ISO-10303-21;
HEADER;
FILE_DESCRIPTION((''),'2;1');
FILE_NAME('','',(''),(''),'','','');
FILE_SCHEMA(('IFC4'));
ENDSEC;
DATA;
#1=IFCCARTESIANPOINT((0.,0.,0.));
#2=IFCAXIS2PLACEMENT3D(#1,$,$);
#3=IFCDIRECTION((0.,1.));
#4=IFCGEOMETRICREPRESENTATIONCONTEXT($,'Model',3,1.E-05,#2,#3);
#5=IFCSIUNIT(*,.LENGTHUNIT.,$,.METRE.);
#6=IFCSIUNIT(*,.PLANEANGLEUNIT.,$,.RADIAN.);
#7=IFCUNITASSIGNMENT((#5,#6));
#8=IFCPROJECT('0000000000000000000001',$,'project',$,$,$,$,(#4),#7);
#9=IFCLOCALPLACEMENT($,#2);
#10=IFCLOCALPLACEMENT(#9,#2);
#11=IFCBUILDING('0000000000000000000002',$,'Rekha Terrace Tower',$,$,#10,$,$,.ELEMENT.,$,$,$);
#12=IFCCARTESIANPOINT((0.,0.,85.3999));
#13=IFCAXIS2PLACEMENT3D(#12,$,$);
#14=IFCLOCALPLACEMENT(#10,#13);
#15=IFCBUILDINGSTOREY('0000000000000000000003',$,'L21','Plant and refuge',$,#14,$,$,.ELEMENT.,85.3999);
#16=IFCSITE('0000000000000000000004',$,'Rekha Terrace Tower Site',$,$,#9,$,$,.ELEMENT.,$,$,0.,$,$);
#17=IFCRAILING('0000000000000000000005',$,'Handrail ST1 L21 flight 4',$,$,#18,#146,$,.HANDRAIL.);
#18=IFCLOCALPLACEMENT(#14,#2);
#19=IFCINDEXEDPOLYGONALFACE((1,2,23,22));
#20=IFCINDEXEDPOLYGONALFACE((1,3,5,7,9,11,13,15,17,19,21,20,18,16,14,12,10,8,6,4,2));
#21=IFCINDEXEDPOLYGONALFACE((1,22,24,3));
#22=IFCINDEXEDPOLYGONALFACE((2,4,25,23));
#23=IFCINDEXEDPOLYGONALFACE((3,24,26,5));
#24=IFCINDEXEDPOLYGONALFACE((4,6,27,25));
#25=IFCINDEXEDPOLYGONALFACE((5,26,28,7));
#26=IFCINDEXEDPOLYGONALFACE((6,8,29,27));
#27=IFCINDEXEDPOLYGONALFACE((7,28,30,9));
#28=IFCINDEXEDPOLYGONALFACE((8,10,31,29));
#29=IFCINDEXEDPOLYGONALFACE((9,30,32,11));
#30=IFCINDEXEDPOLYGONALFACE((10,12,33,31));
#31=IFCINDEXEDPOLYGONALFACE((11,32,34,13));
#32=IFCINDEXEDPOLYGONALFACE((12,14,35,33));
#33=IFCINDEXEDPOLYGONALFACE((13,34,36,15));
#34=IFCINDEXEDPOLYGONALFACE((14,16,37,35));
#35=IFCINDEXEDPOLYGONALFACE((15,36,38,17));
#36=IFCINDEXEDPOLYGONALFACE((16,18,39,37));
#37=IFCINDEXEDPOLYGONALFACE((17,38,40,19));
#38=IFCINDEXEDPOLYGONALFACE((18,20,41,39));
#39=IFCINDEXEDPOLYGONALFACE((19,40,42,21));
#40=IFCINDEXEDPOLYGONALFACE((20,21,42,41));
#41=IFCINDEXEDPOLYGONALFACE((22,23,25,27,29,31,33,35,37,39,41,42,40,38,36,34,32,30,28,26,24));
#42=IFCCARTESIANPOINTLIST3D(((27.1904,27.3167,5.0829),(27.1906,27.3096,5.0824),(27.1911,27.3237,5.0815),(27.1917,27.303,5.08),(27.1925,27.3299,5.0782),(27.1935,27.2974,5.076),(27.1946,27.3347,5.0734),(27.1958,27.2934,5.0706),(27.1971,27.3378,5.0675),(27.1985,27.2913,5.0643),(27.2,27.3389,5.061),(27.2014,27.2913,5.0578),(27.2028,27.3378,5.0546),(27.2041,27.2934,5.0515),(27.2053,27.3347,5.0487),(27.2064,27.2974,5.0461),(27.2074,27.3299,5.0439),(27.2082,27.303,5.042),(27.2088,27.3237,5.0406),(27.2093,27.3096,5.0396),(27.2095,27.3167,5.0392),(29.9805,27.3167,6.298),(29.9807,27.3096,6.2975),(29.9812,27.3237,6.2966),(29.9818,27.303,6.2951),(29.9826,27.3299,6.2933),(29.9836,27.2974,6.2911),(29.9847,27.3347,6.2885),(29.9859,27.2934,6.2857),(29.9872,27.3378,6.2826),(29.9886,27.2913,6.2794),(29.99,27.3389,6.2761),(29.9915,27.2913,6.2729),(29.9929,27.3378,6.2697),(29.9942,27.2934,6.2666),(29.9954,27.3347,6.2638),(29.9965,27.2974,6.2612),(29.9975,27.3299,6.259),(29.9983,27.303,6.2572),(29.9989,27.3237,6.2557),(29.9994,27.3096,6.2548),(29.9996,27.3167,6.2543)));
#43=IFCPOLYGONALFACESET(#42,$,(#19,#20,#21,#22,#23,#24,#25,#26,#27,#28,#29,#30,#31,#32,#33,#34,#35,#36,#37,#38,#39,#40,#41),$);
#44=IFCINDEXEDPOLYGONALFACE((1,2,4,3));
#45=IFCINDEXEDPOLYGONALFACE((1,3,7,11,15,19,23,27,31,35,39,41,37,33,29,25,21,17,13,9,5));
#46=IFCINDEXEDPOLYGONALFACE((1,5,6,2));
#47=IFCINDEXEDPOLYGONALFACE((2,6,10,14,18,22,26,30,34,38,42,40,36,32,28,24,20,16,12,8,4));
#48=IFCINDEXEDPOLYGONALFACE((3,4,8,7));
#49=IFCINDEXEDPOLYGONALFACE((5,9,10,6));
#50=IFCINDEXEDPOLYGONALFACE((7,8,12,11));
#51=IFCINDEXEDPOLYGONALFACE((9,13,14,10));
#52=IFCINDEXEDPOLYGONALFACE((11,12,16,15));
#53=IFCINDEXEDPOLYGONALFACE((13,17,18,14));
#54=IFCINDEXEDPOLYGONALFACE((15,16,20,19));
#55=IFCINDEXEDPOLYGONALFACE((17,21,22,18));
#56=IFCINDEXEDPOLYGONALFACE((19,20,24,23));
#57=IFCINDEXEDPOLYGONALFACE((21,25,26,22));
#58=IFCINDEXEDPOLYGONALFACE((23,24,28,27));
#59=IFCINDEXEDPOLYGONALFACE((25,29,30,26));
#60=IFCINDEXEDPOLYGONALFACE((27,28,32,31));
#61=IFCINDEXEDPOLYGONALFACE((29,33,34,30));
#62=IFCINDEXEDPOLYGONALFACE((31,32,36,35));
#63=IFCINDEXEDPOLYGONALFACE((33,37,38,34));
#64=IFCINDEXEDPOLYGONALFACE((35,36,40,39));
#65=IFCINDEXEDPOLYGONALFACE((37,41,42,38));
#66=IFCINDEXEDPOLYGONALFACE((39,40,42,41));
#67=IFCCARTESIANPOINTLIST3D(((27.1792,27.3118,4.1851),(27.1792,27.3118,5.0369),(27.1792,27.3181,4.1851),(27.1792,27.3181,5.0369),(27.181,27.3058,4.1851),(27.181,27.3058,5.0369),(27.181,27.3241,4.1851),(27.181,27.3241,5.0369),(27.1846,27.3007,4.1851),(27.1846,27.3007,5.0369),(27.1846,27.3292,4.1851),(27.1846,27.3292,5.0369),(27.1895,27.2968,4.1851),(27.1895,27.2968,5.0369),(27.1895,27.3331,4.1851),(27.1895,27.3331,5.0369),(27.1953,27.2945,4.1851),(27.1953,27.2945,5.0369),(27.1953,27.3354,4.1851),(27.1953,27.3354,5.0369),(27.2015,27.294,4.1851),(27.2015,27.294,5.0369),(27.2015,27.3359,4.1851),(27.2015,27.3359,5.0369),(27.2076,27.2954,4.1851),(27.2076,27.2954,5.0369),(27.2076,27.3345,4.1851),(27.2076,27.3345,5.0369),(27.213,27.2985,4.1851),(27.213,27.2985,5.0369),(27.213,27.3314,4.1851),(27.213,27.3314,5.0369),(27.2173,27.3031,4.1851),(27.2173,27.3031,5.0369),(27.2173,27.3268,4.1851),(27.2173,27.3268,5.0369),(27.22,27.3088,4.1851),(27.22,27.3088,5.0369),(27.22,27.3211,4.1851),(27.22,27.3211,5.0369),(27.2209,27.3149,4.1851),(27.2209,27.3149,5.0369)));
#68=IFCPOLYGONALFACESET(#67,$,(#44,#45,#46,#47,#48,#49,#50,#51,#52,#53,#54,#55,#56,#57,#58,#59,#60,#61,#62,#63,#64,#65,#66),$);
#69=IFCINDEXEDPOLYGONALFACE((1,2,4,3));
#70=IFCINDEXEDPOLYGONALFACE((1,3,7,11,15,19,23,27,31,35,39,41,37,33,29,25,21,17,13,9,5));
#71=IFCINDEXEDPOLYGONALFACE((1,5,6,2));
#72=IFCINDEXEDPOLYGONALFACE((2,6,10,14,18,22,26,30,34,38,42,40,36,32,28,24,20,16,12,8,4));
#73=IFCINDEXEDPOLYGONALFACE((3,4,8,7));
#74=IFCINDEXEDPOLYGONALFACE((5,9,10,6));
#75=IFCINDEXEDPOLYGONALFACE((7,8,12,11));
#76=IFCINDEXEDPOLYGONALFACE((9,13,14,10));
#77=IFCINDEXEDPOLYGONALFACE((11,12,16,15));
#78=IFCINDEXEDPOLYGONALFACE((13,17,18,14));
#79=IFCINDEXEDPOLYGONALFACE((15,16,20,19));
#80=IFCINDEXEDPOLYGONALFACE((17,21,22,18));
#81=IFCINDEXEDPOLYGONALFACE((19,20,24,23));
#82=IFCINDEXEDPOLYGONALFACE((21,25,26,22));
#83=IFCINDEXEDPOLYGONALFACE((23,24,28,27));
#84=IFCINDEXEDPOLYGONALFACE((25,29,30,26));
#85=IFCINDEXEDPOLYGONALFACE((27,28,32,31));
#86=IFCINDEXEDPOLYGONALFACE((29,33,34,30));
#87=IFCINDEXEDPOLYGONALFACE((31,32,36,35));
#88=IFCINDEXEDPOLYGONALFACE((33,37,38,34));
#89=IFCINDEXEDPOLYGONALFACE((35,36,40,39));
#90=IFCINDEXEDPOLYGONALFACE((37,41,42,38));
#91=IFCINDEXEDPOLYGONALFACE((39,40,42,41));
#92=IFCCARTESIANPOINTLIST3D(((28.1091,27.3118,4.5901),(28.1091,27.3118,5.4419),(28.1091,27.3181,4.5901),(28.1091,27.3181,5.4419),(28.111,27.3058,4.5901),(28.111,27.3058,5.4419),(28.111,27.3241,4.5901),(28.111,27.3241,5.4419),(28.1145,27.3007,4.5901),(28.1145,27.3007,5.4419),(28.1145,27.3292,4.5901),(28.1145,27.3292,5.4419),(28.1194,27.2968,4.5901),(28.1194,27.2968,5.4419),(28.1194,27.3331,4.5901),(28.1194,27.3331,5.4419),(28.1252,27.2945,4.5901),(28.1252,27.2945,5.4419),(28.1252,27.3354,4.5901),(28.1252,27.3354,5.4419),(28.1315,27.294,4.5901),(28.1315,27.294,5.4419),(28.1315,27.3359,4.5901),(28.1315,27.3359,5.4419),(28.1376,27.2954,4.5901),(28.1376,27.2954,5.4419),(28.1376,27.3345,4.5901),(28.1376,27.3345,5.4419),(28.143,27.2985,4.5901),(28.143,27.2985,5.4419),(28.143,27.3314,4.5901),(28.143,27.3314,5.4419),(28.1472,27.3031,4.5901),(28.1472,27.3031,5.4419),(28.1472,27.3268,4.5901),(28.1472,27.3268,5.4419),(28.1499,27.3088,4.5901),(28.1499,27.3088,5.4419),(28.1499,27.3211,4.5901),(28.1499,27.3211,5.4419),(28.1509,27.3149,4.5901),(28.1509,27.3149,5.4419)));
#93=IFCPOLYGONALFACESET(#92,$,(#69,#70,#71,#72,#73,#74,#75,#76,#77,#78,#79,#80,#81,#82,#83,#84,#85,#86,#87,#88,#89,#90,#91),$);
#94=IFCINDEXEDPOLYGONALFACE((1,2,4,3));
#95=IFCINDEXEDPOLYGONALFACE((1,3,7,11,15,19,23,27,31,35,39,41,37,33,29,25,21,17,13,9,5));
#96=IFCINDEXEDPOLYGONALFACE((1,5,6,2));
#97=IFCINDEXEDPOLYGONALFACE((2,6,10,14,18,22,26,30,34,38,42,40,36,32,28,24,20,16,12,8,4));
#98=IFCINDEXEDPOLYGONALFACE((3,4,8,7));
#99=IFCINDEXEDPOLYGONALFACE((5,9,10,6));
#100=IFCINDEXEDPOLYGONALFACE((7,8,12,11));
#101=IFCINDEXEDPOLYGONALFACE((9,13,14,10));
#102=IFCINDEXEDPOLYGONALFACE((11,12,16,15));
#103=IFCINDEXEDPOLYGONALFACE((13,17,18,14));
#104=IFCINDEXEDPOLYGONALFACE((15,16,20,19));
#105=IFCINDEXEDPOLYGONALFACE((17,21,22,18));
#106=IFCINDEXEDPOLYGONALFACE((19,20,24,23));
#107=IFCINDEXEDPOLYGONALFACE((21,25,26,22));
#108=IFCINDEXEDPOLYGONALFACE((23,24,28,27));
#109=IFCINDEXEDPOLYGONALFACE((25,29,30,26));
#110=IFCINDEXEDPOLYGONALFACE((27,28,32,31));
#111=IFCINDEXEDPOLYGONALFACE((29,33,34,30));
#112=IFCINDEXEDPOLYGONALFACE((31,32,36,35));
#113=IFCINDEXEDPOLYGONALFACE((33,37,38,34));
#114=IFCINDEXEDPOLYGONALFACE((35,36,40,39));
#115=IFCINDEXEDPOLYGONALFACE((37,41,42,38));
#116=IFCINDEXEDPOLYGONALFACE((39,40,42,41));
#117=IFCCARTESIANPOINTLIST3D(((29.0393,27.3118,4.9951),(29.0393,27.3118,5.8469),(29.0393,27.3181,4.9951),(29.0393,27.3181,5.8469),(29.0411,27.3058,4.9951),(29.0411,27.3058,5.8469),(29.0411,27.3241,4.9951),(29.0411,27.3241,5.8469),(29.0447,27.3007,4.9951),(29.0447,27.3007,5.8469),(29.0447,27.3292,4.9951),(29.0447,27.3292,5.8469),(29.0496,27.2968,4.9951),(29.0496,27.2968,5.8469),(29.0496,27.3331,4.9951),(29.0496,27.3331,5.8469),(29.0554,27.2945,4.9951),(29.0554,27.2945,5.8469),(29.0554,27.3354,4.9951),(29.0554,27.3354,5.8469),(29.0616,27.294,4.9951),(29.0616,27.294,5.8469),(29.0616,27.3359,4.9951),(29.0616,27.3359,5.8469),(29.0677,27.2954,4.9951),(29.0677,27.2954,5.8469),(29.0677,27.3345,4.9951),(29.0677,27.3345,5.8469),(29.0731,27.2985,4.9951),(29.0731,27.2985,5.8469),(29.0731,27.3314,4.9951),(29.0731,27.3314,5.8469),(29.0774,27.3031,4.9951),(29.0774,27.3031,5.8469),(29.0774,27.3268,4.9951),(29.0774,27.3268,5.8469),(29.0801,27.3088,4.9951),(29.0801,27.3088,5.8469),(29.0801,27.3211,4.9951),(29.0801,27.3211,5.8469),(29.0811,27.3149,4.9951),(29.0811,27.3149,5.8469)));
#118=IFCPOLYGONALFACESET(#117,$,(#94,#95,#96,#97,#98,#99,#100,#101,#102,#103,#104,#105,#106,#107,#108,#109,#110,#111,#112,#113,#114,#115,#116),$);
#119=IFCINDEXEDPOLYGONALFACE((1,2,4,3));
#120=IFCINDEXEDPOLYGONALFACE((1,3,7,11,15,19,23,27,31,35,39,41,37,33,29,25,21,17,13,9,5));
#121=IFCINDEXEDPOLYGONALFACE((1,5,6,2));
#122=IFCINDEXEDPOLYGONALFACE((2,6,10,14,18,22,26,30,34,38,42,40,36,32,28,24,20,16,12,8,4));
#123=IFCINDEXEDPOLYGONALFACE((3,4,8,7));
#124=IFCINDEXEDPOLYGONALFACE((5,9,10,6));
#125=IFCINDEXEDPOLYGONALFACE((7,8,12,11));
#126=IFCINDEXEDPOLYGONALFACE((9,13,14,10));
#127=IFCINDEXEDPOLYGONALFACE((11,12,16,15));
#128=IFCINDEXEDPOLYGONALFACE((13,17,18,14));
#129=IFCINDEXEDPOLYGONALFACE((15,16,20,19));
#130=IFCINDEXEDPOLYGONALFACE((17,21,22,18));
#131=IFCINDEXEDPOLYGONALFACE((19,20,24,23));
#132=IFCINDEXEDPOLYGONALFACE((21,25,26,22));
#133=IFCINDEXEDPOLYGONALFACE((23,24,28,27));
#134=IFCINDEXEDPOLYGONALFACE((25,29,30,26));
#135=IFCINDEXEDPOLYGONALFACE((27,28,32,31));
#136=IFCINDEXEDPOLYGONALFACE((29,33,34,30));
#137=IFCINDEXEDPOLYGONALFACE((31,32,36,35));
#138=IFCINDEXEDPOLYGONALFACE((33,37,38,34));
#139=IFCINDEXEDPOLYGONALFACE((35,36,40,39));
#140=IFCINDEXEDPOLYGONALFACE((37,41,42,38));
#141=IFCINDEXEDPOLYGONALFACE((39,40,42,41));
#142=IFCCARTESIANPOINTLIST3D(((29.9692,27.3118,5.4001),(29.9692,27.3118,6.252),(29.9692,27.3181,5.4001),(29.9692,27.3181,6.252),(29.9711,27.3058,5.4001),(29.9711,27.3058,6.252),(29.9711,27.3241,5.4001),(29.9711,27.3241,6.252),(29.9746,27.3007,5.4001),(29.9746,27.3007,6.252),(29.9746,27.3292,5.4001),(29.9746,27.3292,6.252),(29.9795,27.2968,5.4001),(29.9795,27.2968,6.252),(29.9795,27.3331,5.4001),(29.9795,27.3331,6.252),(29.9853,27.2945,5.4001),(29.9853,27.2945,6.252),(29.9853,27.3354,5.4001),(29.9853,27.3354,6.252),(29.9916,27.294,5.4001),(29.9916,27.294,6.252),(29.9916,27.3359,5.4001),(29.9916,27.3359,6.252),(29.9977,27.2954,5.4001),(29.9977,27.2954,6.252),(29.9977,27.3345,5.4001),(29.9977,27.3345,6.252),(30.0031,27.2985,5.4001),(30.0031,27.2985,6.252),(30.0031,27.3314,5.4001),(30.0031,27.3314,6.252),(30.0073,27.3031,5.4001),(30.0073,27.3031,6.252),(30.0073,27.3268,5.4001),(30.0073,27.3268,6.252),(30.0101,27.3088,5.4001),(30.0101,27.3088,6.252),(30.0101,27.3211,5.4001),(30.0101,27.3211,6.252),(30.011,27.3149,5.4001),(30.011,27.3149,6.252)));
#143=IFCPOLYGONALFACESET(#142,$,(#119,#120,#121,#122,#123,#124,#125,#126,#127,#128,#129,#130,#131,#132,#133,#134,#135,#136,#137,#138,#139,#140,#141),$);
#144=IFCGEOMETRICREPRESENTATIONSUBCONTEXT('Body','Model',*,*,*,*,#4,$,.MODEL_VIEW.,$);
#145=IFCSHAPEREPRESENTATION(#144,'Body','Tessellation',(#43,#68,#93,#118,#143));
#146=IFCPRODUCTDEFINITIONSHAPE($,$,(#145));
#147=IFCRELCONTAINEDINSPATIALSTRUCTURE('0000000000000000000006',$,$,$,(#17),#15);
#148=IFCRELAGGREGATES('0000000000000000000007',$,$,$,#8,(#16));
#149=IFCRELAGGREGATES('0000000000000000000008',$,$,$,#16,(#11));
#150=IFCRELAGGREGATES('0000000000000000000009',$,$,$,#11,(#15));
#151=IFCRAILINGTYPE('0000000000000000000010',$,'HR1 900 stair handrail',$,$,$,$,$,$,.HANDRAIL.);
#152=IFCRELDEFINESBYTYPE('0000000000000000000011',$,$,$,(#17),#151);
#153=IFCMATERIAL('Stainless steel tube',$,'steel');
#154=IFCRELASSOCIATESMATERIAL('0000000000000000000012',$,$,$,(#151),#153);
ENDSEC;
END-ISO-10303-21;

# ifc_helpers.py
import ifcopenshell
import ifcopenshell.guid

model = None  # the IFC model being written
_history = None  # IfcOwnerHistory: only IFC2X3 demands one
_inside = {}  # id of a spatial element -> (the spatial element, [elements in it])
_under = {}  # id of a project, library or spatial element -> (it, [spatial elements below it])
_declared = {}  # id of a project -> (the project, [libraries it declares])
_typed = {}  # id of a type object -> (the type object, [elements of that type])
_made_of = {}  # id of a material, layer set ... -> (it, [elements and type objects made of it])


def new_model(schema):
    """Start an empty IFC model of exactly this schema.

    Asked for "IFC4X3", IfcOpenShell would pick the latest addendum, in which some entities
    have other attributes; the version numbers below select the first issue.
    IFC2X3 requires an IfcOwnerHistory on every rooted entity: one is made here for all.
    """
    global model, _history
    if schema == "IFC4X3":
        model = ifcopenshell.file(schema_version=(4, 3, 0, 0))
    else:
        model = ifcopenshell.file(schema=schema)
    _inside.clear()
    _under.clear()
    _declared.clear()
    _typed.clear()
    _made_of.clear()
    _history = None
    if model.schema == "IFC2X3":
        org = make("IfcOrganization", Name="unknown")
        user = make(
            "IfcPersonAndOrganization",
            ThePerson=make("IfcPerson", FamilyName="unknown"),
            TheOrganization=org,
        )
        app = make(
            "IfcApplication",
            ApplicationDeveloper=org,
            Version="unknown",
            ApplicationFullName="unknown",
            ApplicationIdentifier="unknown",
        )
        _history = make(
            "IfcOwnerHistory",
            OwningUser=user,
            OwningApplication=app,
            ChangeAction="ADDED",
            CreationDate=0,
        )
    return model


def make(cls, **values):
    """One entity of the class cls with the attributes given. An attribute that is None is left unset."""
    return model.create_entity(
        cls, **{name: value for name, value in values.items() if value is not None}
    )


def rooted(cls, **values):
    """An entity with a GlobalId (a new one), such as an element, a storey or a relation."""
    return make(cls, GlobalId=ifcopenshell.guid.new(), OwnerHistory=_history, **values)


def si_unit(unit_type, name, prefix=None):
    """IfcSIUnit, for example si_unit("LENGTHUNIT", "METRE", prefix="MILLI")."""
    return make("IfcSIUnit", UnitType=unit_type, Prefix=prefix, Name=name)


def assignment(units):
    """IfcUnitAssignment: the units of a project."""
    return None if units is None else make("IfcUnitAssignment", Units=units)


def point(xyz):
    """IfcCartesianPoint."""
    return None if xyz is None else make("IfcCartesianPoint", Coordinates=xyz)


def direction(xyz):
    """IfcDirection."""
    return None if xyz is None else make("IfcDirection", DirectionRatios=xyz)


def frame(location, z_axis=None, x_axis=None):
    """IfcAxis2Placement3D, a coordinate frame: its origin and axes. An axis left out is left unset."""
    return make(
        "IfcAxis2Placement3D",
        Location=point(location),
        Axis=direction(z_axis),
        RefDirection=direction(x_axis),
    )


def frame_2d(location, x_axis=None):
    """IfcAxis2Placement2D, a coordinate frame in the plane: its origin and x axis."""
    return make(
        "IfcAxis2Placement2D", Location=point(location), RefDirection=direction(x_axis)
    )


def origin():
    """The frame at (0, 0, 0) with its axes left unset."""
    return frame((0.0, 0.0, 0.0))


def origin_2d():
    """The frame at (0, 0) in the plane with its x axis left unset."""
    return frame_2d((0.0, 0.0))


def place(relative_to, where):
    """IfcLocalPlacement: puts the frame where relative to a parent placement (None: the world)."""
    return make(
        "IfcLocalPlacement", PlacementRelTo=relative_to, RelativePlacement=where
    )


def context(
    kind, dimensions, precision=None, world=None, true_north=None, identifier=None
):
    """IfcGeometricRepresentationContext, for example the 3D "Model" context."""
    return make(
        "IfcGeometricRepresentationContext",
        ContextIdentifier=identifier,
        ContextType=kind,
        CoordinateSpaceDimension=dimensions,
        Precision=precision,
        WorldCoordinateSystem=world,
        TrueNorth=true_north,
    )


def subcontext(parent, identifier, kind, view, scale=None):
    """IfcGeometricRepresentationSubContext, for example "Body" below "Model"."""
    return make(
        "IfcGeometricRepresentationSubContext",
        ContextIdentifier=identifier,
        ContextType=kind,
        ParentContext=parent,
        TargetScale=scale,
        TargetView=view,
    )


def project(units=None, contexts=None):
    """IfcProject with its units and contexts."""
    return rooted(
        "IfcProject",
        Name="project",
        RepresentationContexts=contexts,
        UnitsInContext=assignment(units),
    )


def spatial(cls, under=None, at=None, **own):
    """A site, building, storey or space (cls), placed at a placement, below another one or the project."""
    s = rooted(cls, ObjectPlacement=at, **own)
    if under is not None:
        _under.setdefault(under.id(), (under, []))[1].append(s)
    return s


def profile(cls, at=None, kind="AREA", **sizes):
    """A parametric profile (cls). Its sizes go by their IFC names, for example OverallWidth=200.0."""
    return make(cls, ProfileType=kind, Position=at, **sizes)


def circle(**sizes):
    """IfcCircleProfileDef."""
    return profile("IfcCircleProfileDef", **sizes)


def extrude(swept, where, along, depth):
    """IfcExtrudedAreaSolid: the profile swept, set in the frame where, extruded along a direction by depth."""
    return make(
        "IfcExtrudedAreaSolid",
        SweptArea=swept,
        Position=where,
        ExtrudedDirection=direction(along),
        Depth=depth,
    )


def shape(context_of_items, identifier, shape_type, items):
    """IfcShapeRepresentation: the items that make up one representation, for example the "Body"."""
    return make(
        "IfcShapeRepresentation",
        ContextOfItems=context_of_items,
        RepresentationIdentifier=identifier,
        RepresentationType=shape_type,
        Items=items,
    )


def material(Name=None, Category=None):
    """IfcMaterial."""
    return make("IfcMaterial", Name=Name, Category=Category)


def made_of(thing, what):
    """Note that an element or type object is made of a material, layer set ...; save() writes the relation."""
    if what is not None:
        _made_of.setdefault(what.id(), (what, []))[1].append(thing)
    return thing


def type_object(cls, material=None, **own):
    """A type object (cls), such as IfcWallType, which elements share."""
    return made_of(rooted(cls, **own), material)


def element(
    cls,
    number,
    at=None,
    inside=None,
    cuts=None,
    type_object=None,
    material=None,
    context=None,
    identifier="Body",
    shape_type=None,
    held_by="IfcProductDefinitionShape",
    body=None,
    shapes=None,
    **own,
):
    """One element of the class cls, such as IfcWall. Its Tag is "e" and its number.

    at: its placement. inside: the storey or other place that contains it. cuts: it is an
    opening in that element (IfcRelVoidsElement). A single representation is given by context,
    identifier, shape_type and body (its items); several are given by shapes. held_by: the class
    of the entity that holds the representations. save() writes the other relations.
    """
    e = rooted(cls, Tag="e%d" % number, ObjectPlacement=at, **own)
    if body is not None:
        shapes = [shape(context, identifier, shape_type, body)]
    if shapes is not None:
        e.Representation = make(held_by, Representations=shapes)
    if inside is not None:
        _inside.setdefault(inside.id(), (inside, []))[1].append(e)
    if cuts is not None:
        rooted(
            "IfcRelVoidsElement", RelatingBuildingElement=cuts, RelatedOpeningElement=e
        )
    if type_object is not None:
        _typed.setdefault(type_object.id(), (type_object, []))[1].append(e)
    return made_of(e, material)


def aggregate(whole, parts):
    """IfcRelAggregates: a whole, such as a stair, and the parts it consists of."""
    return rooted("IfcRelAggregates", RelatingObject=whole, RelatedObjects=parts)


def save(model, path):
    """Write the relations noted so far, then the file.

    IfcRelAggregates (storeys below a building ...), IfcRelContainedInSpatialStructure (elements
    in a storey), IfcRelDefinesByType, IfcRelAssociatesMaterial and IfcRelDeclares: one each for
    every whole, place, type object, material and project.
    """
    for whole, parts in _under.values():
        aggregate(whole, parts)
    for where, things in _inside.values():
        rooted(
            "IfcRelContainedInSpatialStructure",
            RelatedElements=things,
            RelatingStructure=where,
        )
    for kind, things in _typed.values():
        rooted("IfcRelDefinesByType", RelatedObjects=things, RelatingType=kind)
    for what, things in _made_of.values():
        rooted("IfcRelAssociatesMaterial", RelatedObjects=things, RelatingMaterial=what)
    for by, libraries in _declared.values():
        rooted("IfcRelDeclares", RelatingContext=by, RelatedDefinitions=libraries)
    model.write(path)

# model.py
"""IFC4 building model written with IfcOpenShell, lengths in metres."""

from ifc_helpers import new_model, si_unit, direction, frame, origin, origin_2d, place, context, subcontext, project, spatial, circle, extrude, material, type_object, element, save


model = new_model("IFC4")

# Units and contexts
model_context = context("Model", 3, precision=1e-05, world=origin(), true_north=direction((0.0, 1.0)))
body_context = subcontext(model_context, "Body", "Model", "MODEL_VIEW")
ifc_project = project(units=[si_unit("LENGTHUNIT", "METRE"), si_unit("PLANEANGLEUNIT", "RADIAN")], contexts=[model_context])

# Site, building, storey
site_placement = place(None, origin())
site = spatial("IfcSite", under=ifc_project, at=site_placement, Name="Rekha Terrace Tower Site", CompositionType="ELEMENT", RefElevation=0.0)
building_placement = place(site_placement, origin())
building = spatial("IfcBuilding", under=site, at=building_placement, Name="Rekha Terrace Tower", CompositionType="ELEMENT")
storey_placement = place(building_placement, frame((0.0, 0.0, 85.3999)))
storey = spatial("IfcBuildingStorey", under=building, at=storey_placement, Name="L21", Description="Plant and refuge", CompositionType="ELEMENT", Elevation=85.3999)

# Railing
ifc_material_1 = material(Name="Stainless steel tube", Category="steel")
railing_type_1 = type_object("IfcRailingType", Name="HR1 900 stair handrail", PredefinedType="HANDRAIL", material=ifc_material_1)
for number, where, name in (
    (1, (27.2, 27.3149, 4.1851), "Handrail ST1 L21 flight 4"),
):
    element("IfcRailing", number, at=place(storey_placement, frame(where)), inside=storey, type_object=railing_type_1, Name=name, PredefinedType="HANDRAIL", context=body_context, shape_type="SweptSolid", body=[
        extrude(circle(Radius=0.0239, at=origin_2d()), frame((0.0, 0.0, 0.876), z_axis=(0.916826, 0.0, 0.399286), x_axis=(0.0, 1.0, 0.0)), (0.0, 0.0, 1.0), 3.0432),
        extrude(circle(Radius=0.021, at=origin_2d()), origin(), (0.0, 0.0, 1.0), 0.8518),
        extrude(circle(Radius=0.021, at=origin_2d()), frame((0.9299, 0.0, 0.405)), (0.0, 0.0, 1.0), 0.8518),
        extrude(circle(Radius=0.021, at=origin_2d()), frame((1.8601, 0.0, 0.8101)), (0.0, 0.0, 1.0), 0.8518),
        extrude(circle(Radius=0.021, at=origin_2d()), frame((2.79, 0.0, 1.2151)), (0.0, 0.0, 1.0), 0.8518),
    ])

save(model, "model.ifc")
